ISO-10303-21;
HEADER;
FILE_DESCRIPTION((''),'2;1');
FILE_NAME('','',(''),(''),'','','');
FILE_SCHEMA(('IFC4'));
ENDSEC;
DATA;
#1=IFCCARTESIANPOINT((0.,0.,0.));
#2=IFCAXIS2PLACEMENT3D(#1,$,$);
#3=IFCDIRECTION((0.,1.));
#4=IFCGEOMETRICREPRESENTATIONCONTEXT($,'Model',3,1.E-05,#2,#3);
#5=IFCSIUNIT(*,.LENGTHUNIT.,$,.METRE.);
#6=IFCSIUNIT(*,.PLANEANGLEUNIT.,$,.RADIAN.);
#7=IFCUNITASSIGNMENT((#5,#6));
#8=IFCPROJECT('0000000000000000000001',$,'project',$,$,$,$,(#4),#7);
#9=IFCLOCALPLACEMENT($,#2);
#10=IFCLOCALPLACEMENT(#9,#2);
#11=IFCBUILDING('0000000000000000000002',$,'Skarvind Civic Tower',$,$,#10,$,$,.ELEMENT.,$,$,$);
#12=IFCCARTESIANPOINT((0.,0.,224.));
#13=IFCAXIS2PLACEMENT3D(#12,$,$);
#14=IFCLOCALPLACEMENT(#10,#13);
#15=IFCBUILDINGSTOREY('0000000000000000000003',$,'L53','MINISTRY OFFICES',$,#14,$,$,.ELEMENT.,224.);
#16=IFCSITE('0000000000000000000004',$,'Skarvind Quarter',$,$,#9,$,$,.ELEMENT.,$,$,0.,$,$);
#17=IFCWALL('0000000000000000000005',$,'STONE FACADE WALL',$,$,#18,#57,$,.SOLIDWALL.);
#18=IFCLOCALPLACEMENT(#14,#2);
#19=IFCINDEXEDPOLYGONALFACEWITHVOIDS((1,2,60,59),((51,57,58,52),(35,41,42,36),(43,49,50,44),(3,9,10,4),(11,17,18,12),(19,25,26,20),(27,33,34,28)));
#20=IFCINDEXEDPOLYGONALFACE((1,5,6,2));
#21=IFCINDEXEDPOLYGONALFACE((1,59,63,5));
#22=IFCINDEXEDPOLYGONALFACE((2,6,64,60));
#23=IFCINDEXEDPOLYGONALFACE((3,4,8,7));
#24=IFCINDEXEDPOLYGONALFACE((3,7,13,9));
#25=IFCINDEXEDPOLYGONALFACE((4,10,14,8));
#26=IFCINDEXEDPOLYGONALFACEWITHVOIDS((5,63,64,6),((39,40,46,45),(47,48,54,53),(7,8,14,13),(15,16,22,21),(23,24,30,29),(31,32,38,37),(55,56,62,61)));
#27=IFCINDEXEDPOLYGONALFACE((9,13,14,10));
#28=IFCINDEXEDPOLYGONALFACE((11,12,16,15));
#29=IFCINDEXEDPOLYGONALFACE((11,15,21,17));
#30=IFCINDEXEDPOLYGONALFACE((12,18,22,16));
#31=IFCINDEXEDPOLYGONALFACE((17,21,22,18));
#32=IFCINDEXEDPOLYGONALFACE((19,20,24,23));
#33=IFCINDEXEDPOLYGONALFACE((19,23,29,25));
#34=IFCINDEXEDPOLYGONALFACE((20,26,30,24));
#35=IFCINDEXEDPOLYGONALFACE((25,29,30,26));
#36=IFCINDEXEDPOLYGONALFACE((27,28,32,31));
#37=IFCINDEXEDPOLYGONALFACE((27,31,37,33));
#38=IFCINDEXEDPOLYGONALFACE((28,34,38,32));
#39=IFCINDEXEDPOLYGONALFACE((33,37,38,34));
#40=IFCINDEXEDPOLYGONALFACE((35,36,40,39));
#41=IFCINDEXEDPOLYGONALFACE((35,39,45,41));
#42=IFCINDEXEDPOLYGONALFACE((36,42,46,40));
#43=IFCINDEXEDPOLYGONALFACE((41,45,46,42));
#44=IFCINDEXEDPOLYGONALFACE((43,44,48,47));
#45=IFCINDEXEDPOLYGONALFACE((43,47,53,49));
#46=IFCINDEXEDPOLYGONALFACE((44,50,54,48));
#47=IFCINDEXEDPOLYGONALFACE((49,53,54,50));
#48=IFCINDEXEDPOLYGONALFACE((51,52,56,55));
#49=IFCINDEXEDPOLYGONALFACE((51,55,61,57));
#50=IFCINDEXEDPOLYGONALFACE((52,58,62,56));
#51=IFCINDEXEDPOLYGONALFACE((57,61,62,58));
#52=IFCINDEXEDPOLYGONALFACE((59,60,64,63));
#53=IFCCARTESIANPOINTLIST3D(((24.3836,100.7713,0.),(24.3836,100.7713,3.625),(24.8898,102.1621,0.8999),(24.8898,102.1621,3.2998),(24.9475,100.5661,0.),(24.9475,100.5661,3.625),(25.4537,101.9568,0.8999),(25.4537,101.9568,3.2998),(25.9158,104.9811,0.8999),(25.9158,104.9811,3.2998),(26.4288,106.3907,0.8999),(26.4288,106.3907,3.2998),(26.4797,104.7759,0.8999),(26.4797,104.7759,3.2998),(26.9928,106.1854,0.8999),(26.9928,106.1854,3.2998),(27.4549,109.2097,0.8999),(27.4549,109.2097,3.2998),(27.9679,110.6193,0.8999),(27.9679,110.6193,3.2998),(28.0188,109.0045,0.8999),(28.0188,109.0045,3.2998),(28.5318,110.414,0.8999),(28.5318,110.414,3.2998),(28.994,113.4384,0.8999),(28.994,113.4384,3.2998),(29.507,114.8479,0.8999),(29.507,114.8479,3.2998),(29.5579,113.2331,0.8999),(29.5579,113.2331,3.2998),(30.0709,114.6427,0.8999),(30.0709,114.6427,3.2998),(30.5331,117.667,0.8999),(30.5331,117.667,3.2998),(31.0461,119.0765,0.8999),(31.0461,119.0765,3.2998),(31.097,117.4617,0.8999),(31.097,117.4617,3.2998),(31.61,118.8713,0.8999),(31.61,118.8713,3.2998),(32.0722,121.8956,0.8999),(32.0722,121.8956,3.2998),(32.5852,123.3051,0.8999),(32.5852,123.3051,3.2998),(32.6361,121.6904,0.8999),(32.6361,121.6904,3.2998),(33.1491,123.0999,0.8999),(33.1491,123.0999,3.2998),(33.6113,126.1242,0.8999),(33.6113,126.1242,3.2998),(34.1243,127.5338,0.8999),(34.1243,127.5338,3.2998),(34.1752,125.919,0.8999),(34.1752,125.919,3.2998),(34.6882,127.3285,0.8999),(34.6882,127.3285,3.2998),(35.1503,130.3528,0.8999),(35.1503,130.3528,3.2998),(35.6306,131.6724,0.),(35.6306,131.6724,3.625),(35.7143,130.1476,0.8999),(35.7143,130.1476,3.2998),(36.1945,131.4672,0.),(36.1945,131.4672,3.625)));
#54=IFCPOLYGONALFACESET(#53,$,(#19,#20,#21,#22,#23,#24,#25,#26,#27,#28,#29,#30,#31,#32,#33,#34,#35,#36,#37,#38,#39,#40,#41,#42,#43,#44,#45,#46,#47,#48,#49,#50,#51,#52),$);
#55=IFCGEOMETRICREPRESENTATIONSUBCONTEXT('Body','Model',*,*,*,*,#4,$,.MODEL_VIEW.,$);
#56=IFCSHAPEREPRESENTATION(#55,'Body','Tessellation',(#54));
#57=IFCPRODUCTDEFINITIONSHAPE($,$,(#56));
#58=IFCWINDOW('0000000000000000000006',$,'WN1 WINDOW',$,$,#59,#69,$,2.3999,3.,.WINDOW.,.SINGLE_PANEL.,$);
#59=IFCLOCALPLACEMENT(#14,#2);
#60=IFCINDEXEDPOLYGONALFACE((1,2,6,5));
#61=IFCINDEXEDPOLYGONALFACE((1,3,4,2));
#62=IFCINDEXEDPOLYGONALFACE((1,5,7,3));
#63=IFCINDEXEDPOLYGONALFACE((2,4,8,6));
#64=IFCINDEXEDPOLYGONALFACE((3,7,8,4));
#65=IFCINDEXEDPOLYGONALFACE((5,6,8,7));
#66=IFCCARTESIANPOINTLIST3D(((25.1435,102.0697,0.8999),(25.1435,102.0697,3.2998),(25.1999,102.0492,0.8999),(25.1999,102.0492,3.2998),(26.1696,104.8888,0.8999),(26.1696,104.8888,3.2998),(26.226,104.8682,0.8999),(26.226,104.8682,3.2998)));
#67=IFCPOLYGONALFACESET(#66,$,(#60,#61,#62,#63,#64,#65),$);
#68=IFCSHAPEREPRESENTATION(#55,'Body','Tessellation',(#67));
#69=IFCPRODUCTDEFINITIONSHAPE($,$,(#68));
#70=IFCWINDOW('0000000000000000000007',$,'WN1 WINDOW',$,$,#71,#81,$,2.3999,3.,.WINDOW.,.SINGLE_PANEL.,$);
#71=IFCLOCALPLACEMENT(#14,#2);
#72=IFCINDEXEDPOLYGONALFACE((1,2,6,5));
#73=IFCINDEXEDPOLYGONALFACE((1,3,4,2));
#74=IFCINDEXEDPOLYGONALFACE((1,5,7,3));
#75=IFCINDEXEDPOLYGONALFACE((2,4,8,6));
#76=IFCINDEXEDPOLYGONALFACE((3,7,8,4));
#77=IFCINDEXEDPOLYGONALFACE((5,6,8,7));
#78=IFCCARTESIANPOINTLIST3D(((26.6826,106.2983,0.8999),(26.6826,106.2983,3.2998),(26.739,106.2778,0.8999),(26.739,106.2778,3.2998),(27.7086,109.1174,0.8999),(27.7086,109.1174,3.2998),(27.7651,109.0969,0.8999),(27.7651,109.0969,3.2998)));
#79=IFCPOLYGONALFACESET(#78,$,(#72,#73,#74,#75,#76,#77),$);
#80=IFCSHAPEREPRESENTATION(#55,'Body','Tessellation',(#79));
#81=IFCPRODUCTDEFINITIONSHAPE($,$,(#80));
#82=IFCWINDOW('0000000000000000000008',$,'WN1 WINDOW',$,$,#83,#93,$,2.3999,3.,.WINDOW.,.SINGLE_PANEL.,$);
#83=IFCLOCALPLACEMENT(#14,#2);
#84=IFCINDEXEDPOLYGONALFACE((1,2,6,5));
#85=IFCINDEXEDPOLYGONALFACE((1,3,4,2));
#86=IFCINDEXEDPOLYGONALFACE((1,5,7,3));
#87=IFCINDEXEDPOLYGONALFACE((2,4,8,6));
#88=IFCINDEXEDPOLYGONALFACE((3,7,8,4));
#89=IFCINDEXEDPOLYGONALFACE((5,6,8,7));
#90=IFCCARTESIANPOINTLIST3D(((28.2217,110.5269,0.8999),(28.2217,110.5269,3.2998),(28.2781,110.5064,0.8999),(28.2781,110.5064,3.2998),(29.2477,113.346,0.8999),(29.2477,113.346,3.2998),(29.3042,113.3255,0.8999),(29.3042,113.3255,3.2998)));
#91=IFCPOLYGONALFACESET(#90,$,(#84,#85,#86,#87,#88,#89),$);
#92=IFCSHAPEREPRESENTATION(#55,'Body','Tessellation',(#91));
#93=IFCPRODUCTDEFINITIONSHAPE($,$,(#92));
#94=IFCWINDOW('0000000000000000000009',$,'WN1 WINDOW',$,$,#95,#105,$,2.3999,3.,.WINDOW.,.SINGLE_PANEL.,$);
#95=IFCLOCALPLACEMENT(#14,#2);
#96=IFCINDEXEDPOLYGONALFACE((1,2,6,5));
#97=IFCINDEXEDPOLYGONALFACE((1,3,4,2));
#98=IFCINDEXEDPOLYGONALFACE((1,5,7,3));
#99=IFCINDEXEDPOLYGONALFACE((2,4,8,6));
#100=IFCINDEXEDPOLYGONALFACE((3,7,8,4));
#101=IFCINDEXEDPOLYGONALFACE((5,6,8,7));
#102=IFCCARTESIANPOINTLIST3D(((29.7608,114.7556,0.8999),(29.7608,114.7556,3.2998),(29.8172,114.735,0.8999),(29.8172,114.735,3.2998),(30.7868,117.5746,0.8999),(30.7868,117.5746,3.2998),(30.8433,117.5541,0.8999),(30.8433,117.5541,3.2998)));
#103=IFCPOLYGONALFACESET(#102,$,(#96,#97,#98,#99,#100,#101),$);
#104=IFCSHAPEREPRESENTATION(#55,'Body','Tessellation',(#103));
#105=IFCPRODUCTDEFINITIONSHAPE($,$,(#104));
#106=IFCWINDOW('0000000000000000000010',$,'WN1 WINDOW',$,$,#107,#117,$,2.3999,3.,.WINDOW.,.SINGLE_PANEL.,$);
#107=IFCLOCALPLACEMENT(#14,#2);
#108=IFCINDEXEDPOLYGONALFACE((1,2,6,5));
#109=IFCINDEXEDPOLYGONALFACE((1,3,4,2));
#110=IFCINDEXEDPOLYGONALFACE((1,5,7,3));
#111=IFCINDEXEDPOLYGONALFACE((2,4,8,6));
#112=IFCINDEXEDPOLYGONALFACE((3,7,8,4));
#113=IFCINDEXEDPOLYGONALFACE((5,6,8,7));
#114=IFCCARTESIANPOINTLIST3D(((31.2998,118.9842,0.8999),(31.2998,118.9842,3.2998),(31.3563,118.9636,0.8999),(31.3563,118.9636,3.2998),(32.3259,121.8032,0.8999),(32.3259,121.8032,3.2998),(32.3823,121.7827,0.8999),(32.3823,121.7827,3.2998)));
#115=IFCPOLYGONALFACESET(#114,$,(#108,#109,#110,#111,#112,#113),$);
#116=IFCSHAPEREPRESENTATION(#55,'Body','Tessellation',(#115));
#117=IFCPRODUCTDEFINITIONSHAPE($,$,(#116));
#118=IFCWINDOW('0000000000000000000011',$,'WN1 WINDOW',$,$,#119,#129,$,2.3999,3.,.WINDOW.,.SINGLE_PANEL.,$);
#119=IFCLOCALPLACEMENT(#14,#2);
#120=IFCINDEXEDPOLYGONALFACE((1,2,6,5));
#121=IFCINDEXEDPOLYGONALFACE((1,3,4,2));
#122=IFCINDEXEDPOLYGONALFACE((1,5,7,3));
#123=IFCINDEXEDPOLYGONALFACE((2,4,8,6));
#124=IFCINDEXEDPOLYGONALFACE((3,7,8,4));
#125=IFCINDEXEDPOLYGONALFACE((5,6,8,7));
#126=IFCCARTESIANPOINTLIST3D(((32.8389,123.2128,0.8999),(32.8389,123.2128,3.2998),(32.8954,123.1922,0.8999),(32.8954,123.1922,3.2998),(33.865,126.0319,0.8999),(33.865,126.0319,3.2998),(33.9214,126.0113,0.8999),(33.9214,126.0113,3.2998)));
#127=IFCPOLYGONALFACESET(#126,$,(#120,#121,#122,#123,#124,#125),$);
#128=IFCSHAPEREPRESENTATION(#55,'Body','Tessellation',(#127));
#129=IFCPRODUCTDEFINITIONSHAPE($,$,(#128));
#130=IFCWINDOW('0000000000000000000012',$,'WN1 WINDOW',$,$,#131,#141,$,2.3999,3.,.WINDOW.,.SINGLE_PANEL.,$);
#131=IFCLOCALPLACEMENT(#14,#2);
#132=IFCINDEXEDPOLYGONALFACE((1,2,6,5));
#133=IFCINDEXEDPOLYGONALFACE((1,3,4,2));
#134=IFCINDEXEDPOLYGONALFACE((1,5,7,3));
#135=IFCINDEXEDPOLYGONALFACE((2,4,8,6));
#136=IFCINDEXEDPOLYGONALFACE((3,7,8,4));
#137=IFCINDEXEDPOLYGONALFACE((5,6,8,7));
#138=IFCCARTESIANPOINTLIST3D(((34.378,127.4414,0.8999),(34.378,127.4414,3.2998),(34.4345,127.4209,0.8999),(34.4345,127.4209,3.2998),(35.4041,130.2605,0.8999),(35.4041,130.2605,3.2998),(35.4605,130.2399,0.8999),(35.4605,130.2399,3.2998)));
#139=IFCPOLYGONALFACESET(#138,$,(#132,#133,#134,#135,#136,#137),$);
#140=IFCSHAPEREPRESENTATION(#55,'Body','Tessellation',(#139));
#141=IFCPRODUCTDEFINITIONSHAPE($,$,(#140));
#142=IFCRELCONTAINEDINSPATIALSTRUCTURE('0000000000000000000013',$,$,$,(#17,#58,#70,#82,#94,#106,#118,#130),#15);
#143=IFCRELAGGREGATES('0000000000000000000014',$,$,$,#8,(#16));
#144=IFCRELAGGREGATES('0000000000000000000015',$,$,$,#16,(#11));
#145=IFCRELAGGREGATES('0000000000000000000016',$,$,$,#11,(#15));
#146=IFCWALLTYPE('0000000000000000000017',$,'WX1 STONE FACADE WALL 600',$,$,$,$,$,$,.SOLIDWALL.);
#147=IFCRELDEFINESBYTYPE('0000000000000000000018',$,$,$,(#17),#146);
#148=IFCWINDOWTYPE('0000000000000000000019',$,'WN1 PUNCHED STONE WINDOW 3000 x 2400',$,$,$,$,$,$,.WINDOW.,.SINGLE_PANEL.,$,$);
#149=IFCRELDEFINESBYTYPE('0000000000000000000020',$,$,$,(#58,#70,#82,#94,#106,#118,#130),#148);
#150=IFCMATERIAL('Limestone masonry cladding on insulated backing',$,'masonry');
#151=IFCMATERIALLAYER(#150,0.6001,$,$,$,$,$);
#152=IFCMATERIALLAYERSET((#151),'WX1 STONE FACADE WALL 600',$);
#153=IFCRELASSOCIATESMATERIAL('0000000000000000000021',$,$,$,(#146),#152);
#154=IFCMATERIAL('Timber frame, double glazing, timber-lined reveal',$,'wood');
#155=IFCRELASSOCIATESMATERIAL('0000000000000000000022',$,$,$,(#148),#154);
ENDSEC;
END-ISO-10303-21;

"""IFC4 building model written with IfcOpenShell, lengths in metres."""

from ifc_helpers import new_model, si_unit, direction, frame, frame_2d, origin, place, context, subcontext, project, spatial, rectangle, extrude, material, layer, layer_set, type_object, element, fill, save


model = new_model("IFC4")

# Units and contexts
model_context = context("Model", 3, precision=1e-05, world=origin(), true_north=direction((0.0, 1.0)))
body_context = subcontext(model_context, "Body", "Model", "MODEL_VIEW")
ifc_project = project(units=[si_unit("LENGTHUNIT", "METRE"), si_unit("PLANEANGLEUNIT", "RADIAN")], contexts=[model_context])

# Site, building, storey
site_placement = place(None, origin())
site = spatial("IfcSite", under=ifc_project, at=site_placement, Name="Skarvind Quarter", CompositionType="ELEMENT", RefElevation=0.0)
building_placement = place(site_placement, origin())
building = spatial("IfcBuilding", under=site, at=building_placement, Name="Skarvind Civic Tower", CompositionType="ELEMENT")
storey_placement = place(building_placement, frame((0.0, 0.0, 224.0)))
storey = spatial("IfcBuildingStorey", under=building, at=storey_placement, Name="L53", Description="MINISTRY OFFICES", CompositionType="ELEMENT", Elevation=224.0)

# Wall, openings, windows
ifc_material_1 = material(Name="Limestone masonry cladding on insulated backing", Category="masonry")
ifc_layer_1 = layer(ifc_material_1, 0.6001)
ifc_layer_set_1 = layer_set([ifc_layer_1], Name="WX1 STONE FACADE WALL 600")
wall_type_1 = type_object("IfcWallType", Name="WX1 STONE FACADE WALL 600", PredefinedType="SOLIDWALL", material=ifc_layer_set_1)
wall_1_placement = place(storey_placement, frame((24.6655, 100.6687, 0.0), z_axis=(0.0, 0.0, 1.0), x_axis=(0.34202, 0.939693, 0.0)))
wall_1 = element("IfcWall", 1, at=wall_1_placement, inside=storey, type_object=wall_type_1, Name="STONE FACADE WALL", PredefinedType="SOLIDWALL", context=body_context, shape_type="SweptSolid", body=[
    extrude(rectangle(XDim=32.8843, YDim=0.6001, at=frame_2d((16.4421, 0.0))), origin(), (0.0, 0.0, 1.0), 3.625),
])
opening_1_placement = place(wall_1_placement, frame((1.48, 0.0, 0.8999)))
opening_1 = element("IfcOpeningElement", 2, at=opening_1_placement, cuts=wall_1, PredefinedType="OPENING", context=body_context, shape_type="SweptSolid", body=[
    extrude(rectangle(XDim=3.0, YDim=2.3999, at=frame_2d((1.5, 1.2))), frame((0.0, 0.3101, 0.0), z_axis=(0.0, -1.0, 0.0), x_axis=(1.0, 0.0, 0.0)), (0.0, 0.0, 1.0), 0.6201),
])
opening_2_placement = place(wall_1_placement, frame((5.98, 0.0, 0.8999)))
opening_2 = element("IfcOpeningElement", 3, at=opening_2_placement, cuts=wall_1, PredefinedType="OPENING", context=body_context, shape_type="SweptSolid", body=[
    extrude(rectangle(XDim=3.0, YDim=2.3999, at=frame_2d((1.5, 1.2))), frame((0.0, 0.3101, 0.0), z_axis=(0.0, -1.0, 0.0), x_axis=(1.0, 0.0, 0.0)), (0.0, 0.0, 1.0), 0.6201),
])
opening_3_placement = place(wall_1_placement, frame((10.48, 0.0, 0.8999)))
opening_3 = element("IfcOpeningElement", 4, at=opening_3_placement, cuts=wall_1, PredefinedType="OPENING", context=body_context, shape_type="SweptSolid", body=[
    extrude(rectangle(XDim=3.0, YDim=2.3999, at=frame_2d((1.5, 1.2))), frame((0.0, 0.3101, 0.0), z_axis=(0.0, -1.0, 0.0), x_axis=(1.0, 0.0, 0.0)), (0.0, 0.0, 1.0), 0.6201),
])
opening_4_placement = place(wall_1_placement, frame((14.98, 0.0, 0.8999)))
opening_4 = element("IfcOpeningElement", 5, at=opening_4_placement, cuts=wall_1, PredefinedType="OPENING", context=body_context, shape_type="SweptSolid", body=[
    extrude(rectangle(XDim=3.0, YDim=2.3999, at=frame_2d((1.5, 1.2))), frame((0.0, 0.3101, 0.0), z_axis=(0.0, -1.0, 0.0), x_axis=(1.0, 0.0, 0.0)), (0.0, 0.0, 1.0), 0.6201),
])
opening_5_placement = place(wall_1_placement, frame((19.48, 0.0, 0.8999)))
opening_5 = element("IfcOpeningElement", 6, at=opening_5_placement, cuts=wall_1, PredefinedType="OPENING", context=body_context, shape_type="SweptSolid", body=[
    extrude(rectangle(XDim=3.0, YDim=2.3999, at=frame_2d((1.5, 1.2))), frame((0.0, 0.3101, 0.0), z_axis=(0.0, -1.0, 0.0), x_axis=(1.0, 0.0, 0.0)), (0.0, 0.0, 1.0), 0.6201),
])
opening_6_placement = place(wall_1_placement, frame((23.98, 0.0, 0.8999)))
opening_6 = element("IfcOpeningElement", 7, at=opening_6_placement, cuts=wall_1, PredefinedType="OPENING", context=body_context, shape_type="SweptSolid", body=[
    extrude(rectangle(XDim=3.0, YDim=2.3999, at=frame_2d((1.5, 1.2))), frame((0.0, 0.3101, 0.0), z_axis=(0.0, -1.0, 0.0), x_axis=(1.0, 0.0, 0.0)), (0.0, 0.0, 1.0), 0.6201),
])
opening_7_placement = place(wall_1_placement, frame((28.48, 0.0, 0.8999)))
opening_7 = element("IfcOpeningElement", 8, at=opening_7_placement, cuts=wall_1, PredefinedType="OPENING", context=body_context, shape_type="SweptSolid", body=[
    extrude(rectangle(XDim=3.0, YDim=2.3999, at=frame_2d((1.5, 1.2))), frame((0.0, 0.3101, 0.0), z_axis=(0.0, -1.0, 0.0), x_axis=(1.0, 0.0, 0.0)), (0.0, 0.0, 1.0), 0.6201),
])
ifc_material_2 = material(Name="Timber frame, double glazing, timber-lined reveal", Category="wood")
window_type = type_object("IfcWindowType", Name="WN1 PUNCHED STONE WINDOW 3000 x 2400", PartitioningType="SINGLE_PANEL", PredefinedType="WINDOW", material=ifc_material_2)
window_1_placement = place(opening_1_placement, origin())
window_1 = element("IfcWindow", 9, at=window_1_placement, inside=storey, type_object=window_type, Name="WN1 WINDOW", OverallHeight=2.3999, OverallWidth=3.0, PartitioningType="SINGLE_PANEL", PredefinedType="WINDOW", context=body_context, shape_type="SweptSolid", body=[
    extrude(rectangle(XDim=3.0, YDim=2.3999, at=frame_2d((1.5, 1.2))), frame((0.0, 0.03, 0.0), z_axis=(0.0, -1.0, 0.0), x_axis=(1.0, 0.0, 0.0)), (0.0, 0.0, 1.0), 0.0601),
])
fill(opening_1, window_1)
window_2_placement = place(opening_2_placement, origin())
window_2 = element("IfcWindow", 10, at=window_2_placement, inside=storey, type_object=window_type, Name="WN1 WINDOW", OverallHeight=2.3999, OverallWidth=3.0, PartitioningType="SINGLE_PANEL", PredefinedType="WINDOW", context=body_context, shape_type="SweptSolid", body=[
    extrude(rectangle(XDim=3.0, YDim=2.3999, at=frame_2d((1.5, 1.2))), frame((0.0, 0.03, 0.0), z_axis=(0.0, -1.0, 0.0), x_axis=(1.0, 0.0, 0.0)), (0.0, 0.0, 1.0), 0.0601),
])
fill(opening_2, window_2)
window_3_placement = place(opening_3_placement, origin())
window_3 = element("IfcWindow", 11, at=window_3_placement, inside=storey, type_object=window_type, Name="WN1 WINDOW", OverallHeight=2.3999, OverallWidth=3.0, PartitioningType="SINGLE_PANEL", PredefinedType="WINDOW", context=body_context, shape_type="SweptSolid", body=[
    extrude(rectangle(XDim=3.0, YDim=2.3999, at=frame_2d((1.5, 1.2))), frame((0.0, 0.03, 0.0), z_axis=(0.0, -1.0, 0.0), x_axis=(1.0, 0.0, 0.0)), (0.0, 0.0, 1.0), 0.0601),
])
fill(opening_3, window_3)
window_4_placement = place(opening_4_placement, origin())
window_4 = element("IfcWindow", 12, at=window_4_placement, inside=storey, type_object=window_type, Name="WN1 WINDOW", OverallHeight=2.3999, OverallWidth=3.0, PartitioningType="SINGLE_PANEL", PredefinedType="WINDOW", context=body_context, shape_type="SweptSolid", body=[
    extrude(rectangle(XDim=3.0, YDim=2.3999, at=frame_2d((1.5, 1.2))), frame((0.0, 0.03, 0.0), z_axis=(0.0, -1.0, 0.0), x_axis=(1.0, 0.0, 0.0)), (0.0, 0.0, 1.0), 0.0601),
])
fill(opening_4, window_4)
window_5_placement = place(opening_5_placement, origin())
window_5 = element("IfcWindow", 13, at=window_5_placement, inside=storey, type_object=window_type, Name="WN1 WINDOW", OverallHeight=2.3999, OverallWidth=3.0, PartitioningType="SINGLE_PANEL", PredefinedType="WINDOW", context=body_context, shape_type="SweptSolid", body=[
    extrude(rectangle(XDim=3.0, YDim=2.3999, at=frame_2d((1.5, 1.2))), frame((0.0, 0.03, 0.0), z_axis=(0.0, -1.0, 0.0), x_axis=(1.0, 0.0, 0.0)), (0.0, 0.0, 1.0), 0.0601),
])
fill(opening_5, window_5)
window_6_placement = place(opening_6_placement, origin())
window_6 = element("IfcWindow", 14, at=window_6_placement, inside=storey, type_object=window_type, Name="WN1 WINDOW", OverallHeight=2.3999, OverallWidth=3.0, PartitioningType="SINGLE_PANEL", PredefinedType="WINDOW", context=body_context, shape_type="SweptSolid", body=[
    extrude(rectangle(XDim=3.0, YDim=2.3999, at=frame_2d((1.5, 1.2))), frame((0.0, 0.03, 0.0), z_axis=(0.0, -1.0, 0.0), x_axis=(1.0, 0.0, 0.0)), (0.0, 0.0, 1.0), 0.0601),
])
fill(opening_6, window_6)
window_7_placement = place(opening_7_placement, origin())
window_7 = element("IfcWindow", 15, at=window_7_placement, inside=storey, type_object=window_type, Name="WN1 WINDOW", OverallHeight=2.3999, OverallWidth=3.0, PartitioningType="SINGLE_PANEL", PredefinedType="WINDOW", context=body_context, shape_type="SweptSolid", body=[
    extrude(rectangle(XDim=3.0, YDim=2.3999, at=frame_2d((1.5, 1.2))), frame((0.0, 0.03, 0.0), z_axis=(0.0, -1.0, 0.0), x_axis=(1.0, 0.0, 0.0)), (0.0, 0.0, 1.0), 0.0601),
])
fill(opening_7, window_7)

save(model, "model.ifc")
